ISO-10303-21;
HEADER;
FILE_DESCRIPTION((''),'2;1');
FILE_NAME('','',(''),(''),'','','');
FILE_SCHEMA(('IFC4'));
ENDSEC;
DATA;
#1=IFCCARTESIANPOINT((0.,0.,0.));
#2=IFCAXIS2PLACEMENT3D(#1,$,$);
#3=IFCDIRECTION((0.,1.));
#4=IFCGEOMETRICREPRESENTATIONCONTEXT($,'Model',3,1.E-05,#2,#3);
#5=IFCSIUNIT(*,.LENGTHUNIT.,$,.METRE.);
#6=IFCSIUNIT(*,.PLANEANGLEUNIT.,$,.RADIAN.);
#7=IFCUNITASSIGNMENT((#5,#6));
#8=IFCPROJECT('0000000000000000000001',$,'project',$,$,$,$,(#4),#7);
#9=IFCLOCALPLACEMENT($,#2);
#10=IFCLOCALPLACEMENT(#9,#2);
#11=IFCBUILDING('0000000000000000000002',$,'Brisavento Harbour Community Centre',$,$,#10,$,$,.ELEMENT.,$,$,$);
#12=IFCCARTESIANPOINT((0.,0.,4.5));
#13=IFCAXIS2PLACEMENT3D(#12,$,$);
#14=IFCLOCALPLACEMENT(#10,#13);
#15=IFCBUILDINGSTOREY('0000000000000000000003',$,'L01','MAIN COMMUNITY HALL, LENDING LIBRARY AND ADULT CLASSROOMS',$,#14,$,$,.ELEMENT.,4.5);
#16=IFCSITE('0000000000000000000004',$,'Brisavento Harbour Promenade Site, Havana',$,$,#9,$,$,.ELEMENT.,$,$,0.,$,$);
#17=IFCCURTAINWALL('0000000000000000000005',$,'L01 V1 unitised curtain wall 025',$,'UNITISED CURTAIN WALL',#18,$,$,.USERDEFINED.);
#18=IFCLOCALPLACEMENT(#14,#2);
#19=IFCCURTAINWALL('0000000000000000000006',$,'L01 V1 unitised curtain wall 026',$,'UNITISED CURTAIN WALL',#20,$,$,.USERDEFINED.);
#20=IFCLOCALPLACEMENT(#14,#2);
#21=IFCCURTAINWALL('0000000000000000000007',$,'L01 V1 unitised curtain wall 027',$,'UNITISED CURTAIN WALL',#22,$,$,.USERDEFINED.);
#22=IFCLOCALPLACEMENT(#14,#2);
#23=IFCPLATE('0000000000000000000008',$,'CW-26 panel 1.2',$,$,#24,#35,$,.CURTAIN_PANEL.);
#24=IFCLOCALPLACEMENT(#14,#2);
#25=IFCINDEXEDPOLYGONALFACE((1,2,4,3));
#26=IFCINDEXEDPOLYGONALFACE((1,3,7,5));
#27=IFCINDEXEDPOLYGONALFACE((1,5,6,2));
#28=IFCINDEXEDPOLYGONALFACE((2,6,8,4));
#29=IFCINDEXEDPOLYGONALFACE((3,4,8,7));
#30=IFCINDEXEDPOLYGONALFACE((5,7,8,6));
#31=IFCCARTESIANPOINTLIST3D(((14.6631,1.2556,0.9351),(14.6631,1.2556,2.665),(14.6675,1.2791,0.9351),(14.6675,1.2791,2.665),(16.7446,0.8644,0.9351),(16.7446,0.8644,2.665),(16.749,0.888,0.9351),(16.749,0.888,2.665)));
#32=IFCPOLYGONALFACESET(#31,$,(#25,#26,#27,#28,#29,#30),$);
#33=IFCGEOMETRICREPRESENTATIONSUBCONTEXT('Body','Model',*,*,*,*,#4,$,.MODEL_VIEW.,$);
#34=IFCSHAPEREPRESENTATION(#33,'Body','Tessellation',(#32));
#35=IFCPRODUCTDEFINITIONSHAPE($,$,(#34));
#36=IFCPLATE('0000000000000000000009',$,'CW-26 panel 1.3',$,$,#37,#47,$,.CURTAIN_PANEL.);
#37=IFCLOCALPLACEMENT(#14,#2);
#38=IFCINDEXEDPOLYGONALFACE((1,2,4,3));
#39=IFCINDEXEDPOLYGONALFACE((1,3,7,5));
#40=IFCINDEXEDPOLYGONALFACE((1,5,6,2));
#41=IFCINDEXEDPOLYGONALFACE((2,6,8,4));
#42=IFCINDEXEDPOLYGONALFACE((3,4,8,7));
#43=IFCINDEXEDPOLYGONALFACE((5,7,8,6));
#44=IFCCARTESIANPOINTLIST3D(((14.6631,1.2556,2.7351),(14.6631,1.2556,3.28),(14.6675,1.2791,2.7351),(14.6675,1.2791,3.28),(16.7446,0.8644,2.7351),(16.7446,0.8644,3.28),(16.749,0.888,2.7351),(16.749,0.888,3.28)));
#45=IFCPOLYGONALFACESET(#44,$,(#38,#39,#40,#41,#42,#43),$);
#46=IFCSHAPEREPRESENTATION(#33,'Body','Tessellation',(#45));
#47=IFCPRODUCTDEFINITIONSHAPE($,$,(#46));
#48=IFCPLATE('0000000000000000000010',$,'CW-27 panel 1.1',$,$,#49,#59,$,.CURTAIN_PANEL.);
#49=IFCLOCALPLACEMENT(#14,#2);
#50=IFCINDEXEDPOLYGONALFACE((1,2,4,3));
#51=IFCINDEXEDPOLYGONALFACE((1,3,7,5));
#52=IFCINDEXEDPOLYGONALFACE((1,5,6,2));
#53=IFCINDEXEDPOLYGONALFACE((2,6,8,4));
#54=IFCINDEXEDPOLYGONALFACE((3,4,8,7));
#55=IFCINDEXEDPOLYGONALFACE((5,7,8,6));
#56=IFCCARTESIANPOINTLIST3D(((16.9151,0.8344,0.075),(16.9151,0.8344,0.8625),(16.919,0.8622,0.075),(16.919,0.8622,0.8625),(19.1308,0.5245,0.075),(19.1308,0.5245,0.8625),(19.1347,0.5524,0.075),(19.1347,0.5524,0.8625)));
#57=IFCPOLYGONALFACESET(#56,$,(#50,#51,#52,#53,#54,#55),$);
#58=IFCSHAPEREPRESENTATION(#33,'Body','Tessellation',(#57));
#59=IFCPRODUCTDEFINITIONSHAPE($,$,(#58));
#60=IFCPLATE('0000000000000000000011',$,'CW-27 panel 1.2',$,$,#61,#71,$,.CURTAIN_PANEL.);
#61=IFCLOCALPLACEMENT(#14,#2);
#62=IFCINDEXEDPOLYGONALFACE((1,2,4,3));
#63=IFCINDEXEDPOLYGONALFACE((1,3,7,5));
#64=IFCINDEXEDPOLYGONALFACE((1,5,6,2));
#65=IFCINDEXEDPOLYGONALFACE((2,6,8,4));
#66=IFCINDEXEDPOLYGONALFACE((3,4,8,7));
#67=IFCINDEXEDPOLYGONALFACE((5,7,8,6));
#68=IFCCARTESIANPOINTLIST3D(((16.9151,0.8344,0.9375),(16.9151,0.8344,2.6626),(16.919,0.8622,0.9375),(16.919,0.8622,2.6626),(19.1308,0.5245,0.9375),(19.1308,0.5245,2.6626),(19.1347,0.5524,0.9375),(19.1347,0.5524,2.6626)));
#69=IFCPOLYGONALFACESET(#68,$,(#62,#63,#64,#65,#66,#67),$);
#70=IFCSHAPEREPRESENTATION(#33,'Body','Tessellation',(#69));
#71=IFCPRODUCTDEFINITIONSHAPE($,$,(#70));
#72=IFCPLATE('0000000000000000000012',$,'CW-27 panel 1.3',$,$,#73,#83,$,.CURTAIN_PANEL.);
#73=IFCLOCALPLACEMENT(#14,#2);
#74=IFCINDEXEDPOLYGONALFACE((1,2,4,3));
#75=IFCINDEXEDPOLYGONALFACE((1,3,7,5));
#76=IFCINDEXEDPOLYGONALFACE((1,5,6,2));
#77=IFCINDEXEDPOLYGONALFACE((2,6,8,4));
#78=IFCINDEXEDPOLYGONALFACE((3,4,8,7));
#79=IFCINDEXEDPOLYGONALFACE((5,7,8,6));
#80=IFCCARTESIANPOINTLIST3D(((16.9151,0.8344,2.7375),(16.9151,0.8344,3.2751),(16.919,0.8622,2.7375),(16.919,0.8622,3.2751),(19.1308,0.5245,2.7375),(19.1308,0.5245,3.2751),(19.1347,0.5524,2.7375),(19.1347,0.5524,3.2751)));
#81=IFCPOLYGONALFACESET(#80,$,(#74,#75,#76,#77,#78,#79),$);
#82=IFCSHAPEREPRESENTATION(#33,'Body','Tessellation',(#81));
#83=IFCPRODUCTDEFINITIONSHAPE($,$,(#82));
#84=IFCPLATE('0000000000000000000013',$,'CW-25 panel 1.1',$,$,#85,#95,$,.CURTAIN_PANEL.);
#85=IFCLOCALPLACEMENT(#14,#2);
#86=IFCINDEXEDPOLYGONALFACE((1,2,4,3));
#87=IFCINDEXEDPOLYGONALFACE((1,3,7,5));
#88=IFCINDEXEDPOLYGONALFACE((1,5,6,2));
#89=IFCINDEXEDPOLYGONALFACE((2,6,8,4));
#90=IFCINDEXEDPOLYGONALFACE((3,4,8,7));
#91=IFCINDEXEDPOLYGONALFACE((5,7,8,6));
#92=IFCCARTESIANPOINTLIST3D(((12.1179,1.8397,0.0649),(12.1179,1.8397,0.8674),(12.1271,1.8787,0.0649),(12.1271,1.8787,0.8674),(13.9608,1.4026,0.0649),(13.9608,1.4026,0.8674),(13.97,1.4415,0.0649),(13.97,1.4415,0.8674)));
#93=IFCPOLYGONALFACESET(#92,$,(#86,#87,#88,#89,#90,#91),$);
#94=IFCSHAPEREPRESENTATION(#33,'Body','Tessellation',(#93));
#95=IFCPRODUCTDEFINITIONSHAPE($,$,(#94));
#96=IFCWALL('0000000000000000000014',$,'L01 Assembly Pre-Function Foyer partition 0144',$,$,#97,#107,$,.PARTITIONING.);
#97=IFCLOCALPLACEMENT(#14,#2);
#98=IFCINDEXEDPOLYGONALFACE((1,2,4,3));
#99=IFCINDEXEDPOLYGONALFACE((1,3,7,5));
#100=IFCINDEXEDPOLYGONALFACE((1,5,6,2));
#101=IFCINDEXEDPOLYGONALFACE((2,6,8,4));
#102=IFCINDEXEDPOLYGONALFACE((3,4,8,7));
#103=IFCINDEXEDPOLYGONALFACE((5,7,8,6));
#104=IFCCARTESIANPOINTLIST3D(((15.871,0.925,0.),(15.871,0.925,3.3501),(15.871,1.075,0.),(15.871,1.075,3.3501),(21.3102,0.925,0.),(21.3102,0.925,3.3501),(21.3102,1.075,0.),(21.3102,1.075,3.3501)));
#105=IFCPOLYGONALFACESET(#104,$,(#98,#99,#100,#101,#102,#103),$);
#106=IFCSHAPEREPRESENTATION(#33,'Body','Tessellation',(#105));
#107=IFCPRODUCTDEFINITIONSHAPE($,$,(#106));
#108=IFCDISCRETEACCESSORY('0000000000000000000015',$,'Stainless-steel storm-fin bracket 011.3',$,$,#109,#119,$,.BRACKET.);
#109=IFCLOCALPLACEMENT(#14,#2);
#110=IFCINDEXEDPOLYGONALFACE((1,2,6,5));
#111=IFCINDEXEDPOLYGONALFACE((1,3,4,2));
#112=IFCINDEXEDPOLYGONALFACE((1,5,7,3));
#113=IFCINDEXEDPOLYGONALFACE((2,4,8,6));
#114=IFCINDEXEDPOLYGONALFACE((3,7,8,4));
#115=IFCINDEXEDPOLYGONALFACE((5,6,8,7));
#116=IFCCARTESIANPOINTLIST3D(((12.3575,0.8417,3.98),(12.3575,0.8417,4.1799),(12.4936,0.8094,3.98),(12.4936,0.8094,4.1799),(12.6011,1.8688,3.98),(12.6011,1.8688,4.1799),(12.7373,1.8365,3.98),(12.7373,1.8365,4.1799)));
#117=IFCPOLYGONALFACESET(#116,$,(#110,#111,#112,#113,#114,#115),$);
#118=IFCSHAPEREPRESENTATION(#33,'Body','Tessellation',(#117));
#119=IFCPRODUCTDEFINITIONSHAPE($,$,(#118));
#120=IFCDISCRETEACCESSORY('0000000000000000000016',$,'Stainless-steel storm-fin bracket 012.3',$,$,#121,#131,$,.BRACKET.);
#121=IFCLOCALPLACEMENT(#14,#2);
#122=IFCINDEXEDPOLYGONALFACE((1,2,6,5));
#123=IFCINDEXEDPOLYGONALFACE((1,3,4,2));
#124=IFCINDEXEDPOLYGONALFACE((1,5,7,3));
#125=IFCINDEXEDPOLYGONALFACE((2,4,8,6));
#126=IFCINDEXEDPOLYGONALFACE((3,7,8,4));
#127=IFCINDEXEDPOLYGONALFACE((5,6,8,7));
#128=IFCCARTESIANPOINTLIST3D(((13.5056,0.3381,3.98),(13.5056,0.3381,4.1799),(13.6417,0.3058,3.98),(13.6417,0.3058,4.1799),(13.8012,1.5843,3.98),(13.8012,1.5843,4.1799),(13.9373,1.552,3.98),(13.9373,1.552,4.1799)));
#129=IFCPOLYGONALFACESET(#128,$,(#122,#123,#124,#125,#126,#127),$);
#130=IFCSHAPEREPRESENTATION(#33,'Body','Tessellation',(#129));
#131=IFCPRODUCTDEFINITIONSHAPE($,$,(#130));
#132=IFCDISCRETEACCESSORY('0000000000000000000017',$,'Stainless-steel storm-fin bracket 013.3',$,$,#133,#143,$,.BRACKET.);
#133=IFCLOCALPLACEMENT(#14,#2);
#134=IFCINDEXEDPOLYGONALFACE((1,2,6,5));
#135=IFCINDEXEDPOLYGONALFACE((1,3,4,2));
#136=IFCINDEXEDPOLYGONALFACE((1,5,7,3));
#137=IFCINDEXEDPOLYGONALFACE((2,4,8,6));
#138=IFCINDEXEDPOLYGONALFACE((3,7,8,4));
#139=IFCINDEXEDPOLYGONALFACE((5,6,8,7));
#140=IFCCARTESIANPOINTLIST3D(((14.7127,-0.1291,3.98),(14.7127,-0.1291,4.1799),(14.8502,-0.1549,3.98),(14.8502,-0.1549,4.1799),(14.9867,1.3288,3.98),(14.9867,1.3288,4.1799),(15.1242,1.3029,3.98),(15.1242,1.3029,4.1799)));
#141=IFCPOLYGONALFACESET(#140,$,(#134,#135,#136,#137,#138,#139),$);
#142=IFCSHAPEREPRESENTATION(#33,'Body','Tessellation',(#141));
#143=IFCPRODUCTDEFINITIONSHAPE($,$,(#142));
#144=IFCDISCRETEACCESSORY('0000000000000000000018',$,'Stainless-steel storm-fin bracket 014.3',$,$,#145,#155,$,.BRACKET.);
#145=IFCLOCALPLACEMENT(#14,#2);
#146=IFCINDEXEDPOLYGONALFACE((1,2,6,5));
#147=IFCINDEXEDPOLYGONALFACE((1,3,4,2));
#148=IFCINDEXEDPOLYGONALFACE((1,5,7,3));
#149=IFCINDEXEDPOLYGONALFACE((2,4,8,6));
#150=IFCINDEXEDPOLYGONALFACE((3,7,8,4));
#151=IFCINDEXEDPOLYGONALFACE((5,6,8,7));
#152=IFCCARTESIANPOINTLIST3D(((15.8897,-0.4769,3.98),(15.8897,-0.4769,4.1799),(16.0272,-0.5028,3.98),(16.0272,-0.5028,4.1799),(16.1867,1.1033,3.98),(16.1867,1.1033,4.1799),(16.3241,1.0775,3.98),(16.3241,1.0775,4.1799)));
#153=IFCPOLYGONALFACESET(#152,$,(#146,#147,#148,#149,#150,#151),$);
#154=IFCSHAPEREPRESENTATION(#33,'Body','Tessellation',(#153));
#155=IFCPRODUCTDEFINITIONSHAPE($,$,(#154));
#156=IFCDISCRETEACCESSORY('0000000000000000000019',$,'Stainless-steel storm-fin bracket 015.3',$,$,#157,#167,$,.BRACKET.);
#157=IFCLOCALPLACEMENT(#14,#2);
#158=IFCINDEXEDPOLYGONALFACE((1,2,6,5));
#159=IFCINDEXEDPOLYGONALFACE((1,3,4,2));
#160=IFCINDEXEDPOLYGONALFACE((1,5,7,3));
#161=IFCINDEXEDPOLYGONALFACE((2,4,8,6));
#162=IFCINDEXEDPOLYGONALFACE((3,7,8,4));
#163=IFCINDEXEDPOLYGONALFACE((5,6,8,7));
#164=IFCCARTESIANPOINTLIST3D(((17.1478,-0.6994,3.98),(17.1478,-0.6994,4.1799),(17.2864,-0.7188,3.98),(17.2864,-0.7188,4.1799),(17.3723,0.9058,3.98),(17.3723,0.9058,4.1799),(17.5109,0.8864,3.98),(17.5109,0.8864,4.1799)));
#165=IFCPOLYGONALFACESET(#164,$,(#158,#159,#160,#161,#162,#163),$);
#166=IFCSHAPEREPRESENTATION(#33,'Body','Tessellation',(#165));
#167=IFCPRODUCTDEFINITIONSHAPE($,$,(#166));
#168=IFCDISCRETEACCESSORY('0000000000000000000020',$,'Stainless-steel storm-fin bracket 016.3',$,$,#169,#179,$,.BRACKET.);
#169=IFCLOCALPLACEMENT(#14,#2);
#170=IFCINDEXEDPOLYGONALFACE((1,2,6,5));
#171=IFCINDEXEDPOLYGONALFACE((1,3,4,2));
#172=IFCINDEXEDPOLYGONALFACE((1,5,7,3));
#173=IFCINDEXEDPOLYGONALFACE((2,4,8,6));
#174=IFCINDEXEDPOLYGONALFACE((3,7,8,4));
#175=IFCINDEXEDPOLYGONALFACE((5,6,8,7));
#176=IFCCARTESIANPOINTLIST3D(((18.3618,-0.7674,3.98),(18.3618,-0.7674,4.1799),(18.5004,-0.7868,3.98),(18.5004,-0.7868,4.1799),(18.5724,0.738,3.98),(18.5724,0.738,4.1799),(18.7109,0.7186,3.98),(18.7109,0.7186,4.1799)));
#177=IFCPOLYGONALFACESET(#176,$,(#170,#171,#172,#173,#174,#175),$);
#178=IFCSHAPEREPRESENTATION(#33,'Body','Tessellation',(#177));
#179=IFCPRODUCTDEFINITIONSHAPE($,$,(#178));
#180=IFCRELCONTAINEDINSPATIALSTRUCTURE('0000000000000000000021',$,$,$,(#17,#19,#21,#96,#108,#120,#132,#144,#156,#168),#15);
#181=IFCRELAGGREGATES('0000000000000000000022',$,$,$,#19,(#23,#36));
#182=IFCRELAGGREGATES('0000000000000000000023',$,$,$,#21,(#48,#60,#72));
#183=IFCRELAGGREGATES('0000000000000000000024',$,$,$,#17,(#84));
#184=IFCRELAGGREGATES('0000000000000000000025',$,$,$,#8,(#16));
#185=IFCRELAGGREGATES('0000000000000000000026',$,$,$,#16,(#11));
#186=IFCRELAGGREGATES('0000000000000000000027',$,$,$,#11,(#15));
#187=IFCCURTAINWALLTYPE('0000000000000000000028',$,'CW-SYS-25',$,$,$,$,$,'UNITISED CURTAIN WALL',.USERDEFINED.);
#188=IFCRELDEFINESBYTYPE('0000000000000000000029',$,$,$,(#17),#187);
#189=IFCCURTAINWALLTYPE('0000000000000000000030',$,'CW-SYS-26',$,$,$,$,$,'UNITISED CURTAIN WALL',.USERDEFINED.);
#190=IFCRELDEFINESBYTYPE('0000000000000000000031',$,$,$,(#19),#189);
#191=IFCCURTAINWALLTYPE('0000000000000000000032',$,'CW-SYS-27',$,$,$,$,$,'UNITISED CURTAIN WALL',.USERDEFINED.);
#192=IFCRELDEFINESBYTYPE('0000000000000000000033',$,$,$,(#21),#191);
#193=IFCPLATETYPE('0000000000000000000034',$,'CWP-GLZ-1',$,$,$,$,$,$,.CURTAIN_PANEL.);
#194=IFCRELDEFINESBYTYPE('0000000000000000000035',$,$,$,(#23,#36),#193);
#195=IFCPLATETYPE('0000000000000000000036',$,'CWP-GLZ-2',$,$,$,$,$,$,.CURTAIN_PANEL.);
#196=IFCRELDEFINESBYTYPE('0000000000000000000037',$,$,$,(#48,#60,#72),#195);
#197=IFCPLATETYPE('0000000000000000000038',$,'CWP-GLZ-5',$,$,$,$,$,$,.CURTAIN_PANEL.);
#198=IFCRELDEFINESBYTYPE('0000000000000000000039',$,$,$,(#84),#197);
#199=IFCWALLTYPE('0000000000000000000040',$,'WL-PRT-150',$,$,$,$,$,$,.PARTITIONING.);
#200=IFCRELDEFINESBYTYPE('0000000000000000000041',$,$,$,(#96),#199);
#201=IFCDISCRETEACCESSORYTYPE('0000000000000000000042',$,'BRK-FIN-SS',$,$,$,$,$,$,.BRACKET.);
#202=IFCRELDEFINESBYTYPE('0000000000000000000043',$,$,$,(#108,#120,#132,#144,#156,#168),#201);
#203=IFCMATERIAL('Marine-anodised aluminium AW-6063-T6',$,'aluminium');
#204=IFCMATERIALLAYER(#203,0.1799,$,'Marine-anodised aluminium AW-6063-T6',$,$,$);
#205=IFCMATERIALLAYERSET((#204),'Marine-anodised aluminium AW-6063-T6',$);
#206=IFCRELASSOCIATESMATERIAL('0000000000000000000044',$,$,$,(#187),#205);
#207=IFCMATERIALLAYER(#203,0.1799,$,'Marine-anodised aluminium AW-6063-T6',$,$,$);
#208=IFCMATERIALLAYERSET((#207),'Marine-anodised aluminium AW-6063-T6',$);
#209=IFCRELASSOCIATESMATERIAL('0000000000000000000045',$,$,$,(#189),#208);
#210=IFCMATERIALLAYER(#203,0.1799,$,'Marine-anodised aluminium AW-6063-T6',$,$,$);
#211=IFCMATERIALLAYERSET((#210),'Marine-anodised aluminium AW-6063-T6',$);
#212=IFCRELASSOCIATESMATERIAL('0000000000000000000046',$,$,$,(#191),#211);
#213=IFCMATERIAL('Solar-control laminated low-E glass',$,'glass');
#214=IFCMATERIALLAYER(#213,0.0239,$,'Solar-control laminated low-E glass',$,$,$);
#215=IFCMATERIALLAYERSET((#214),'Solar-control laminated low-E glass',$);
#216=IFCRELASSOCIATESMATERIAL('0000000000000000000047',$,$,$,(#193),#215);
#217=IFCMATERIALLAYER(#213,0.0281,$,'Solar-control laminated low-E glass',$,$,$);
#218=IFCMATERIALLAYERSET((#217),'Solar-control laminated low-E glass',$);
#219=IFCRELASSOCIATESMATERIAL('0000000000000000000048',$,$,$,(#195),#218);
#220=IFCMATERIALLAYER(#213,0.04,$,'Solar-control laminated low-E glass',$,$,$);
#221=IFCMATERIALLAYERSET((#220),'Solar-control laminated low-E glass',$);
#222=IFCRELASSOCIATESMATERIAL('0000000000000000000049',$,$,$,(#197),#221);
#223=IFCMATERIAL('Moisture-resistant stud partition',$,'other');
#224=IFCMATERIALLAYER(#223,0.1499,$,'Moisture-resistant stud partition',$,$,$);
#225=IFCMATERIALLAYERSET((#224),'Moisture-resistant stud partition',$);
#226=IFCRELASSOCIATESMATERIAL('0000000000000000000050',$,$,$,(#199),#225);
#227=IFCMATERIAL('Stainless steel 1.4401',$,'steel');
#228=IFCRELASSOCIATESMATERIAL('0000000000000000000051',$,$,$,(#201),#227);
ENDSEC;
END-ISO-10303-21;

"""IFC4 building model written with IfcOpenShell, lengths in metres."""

from ifc_helpers import new_model, si_unit, direction, frame, frame_2d, origin, origin_2d, place, context, subcontext, project, spatial, rectangle, extrude, material, layer, layer_set, type_object, element, aggregate, save


model = new_model("IFC4")

# Units and contexts
model_context = context("Model", 3, precision=1e-05, world=origin(), true_north=direction((0.0, 1.0)))
body_context = subcontext(model_context, "Body", "Model", "MODEL_VIEW")
ifc_project = project(units=[si_unit("LENGTHUNIT", "METRE"), si_unit("PLANEANGLEUNIT", "RADIAN")], contexts=[model_context])

# Site, building, storey
site_placement = place(None, origin())
site = spatial("IfcSite", under=ifc_project, at=site_placement, Name="Brisavento Harbour Promenade Site, Havana", CompositionType="ELEMENT", RefElevation=0.0)
building_placement = place(site_placement, origin())
building = spatial("IfcBuilding", under=site, at=building_placement, Name="Brisavento Harbour Community Centre", CompositionType="ELEMENT")
storey_placement = place(building_placement, frame((0.0, 0.0, 4.5)))
storey = spatial("IfcBuildingStorey", under=building, at=storey_placement, Name="L01", Description="MAIN COMMUNITY HALL, LENDING LIBRARY AND ADULT CLASSROOMS", CompositionType="ELEMENT", Elevation=4.5)

# Curtain wall
ifc_material_1 = material(Name="Marine-anodised aluminium AW-6063-T6", Category="aluminium")
ifc_layer_1 = layer(ifc_material_1, 0.1799, Name="Marine-anodised aluminium AW-6063-T6")
ifc_layer_set_1 = layer_set([ifc_layer_1], Name="Marine-anodised aluminium AW-6063-T6")
curtain_wall_type_1 = type_object("IfcCurtainWallType", Name="CW-SYS-25", ElementType="UNITISED CURTAIN WALL", PredefinedType="USERDEFINED", material=ifc_layer_set_1)
curtain_wall_1_placement = place(storey_placement, origin())
curtain_wall_1 = element("IfcCurtainWall", 1, at=curtain_wall_1_placement, inside=storey, type_object=curtain_wall_type_1, Name="L01 V1 unitised curtain wall 025", ObjectType="UNITISED CURTAIN WALL", PredefinedType="USERDEFINED")

# Curtain wall
ifc_layer_2 = layer(ifc_material_1, 0.1799, Name="Marine-anodised aluminium AW-6063-T6")
ifc_layer_set_2 = layer_set([ifc_layer_2], Name="Marine-anodised aluminium AW-6063-T6")
curtain_wall_type_2 = type_object("IfcCurtainWallType", Name="CW-SYS-26", ElementType="UNITISED CURTAIN WALL", PredefinedType="USERDEFINED", material=ifc_layer_set_2)
curtain_wall_2_placement = place(storey_placement, origin())
curtain_wall_2 = element("IfcCurtainWall", 2, at=curtain_wall_2_placement, inside=storey, type_object=curtain_wall_type_2, Name="L01 V1 unitised curtain wall 026", ObjectType="UNITISED CURTAIN WALL", PredefinedType="USERDEFINED")

# Curtain wall
ifc_layer_3 = layer(ifc_material_1, 0.1799, Name="Marine-anodised aluminium AW-6063-T6")
ifc_layer_set_3 = layer_set([ifc_layer_3], Name="Marine-anodised aluminium AW-6063-T6")
curtain_wall_type_3 = type_object("IfcCurtainWallType", Name="CW-SYS-27", ElementType="UNITISED CURTAIN WALL", PredefinedType="USERDEFINED", material=ifc_layer_set_3)
curtain_wall_3_placement = place(storey_placement, origin())
curtain_wall_3 = element("IfcCurtainWall", 3, at=curtain_wall_3_placement, inside=storey, type_object=curtain_wall_type_3, Name="L01 V1 unitised curtain wall 027", ObjectType="UNITISED CURTAIN WALL", PredefinedType="USERDEFINED")

# Plates
ifc_material_2 = material(Name="Solar-control laminated low-E glass", Category="glass")
ifc_layer_4 = layer(ifc_material_2, 0.0239, Name="Solar-control laminated low-E glass")
ifc_layer_set_4 = layer_set([ifc_layer_4], Name="Solar-control laminated low-E glass")
plate_type_1 = type_object("IfcPlateType", Name="CWP-GLZ-1", PredefinedType="CURTAIN_PANEL", material=ifc_layer_set_4)
plate_1_placement = place(storey_placement, frame((15.7061, 1.0718, 0.9351), z_axis=(0.0, 0.0, 1.0), x_axis=(-0.982797, 0.18469, 0.0)))
plate_1 = element("IfcPlate", 4, at=plate_1_placement, type_object=plate_type_1, Name="CW-26 panel 1.2", PredefinedType="CURTAIN_PANEL", context=body_context, shape_type="SweptSolid", body=[
    extrude(rectangle(XDim=2.1179, YDim=0.0239, at=origin_2d()), origin(), (0.0, 0.0, 1.0), 1.73),
])
plate_2_placement = place(storey_placement, frame((15.7061, 1.0718, 2.7351), z_axis=(0.0, 0.0, 1.0), x_axis=(-0.982797, 0.18469, 0.0)))
plate_2 = element("IfcPlate", 5, at=plate_2_placement, type_object=plate_type_1, Name="CW-26 panel 1.3", PredefinedType="CURTAIN_PANEL", context=body_context, shape_type="SweptSolid", body=[
    extrude(rectangle(XDim=2.1179, YDim=0.0239, at=origin_2d()), origin(), (0.0, 0.0, 1.0), 0.5449),
])
aggregate(curtain_wall_2, [plate_1, plate_2])
ifc_layer_5 = layer(ifc_material_2, 0.0281, Name="Solar-control laminated low-E glass")
ifc_layer_set_5 = layer_set([ifc_layer_5], Name="Solar-control laminated low-E glass")
plate_type_2 = type_object("IfcPlateType", Name="CWP-GLZ-2", PredefinedType="CURTAIN_PANEL", material=ifc_layer_set_5)
plate_3_placement = place(storey_placement, frame((18.0249, 0.6934, 0.075), z_axis=(0.0, 0.0, 1.0), x_axis=(-0.990366, 0.138477, 0.0)))
plate_3 = element("IfcPlate", 6, at=plate_3_placement, type_object=plate_type_2, Name="CW-27 panel 1.1", PredefinedType="CURTAIN_PANEL", context=body_context, shape_type="SweptSolid", body=[
    extrude(rectangle(XDim=2.2373, YDim=0.0281, at=origin_2d()), origin(), (0.0, 0.0, 1.0), 0.7876),
])
plate_4_placement = place(storey_placement, frame((18.0249, 0.6934, 0.9375), z_axis=(0.0, 0.0, 1.0), x_axis=(-0.990366, 0.138477, 0.0)))
plate_4 = element("IfcPlate", 7, at=plate_4_placement, type_object=plate_type_2, Name="CW-27 panel 1.2", PredefinedType="CURTAIN_PANEL", context=body_context, shape_type="SweptSolid", body=[
    extrude(rectangle(XDim=2.2373, YDim=0.0281, at=origin_2d()), origin(), (0.0, 0.0, 1.0), 1.7251),
])
plate_5_placement = place(storey_placement, frame((18.0249, 0.6934, 2.7375), z_axis=(0.0, 0.0, 1.0), x_axis=(-0.990366, 0.138477, 0.0)))
plate_5 = element("IfcPlate", 8, at=plate_5_placement, type_object=plate_type_2, Name="CW-27 panel 1.3", PredefinedType="CURTAIN_PANEL", context=body_context, shape_type="SweptSolid", body=[
    extrude(rectangle(XDim=2.2373, YDim=0.0281, at=origin_2d()), origin(), (0.0, 0.0, 1.0), 0.5376),
])
aggregate(curtain_wall_3, [plate_3, plate_4, plate_5])
ifc_layer_6 = layer(ifc_material_2, 0.04, Name="Solar-control laminated low-E glass")
ifc_layer_set_6 = layer_set([ifc_layer_6], Name="Solar-control laminated low-E glass")
plate_type_3 = type_object("IfcPlateType", Name="CWP-GLZ-5", PredefinedType="CURTAIN_PANEL", material=ifc_layer_set_6)
plate_6_placement = place(storey_placement, frame((13.0439, 1.6406, 0.0649), z_axis=(0.0, 0.0, 1.0), x_axis=(-0.972998, 0.230812, 0.0)))
plate_6 = element("IfcPlate", 9, at=plate_6_placement, type_object=plate_type_3, Name="CW-25 panel 1.1", PredefinedType="CURTAIN_PANEL", context=body_context, shape_type="SweptSolid", body=[
    extrude(rectangle(XDim=1.894, YDim=0.04, at=origin_2d()), origin(), (0.0, 0.0, 1.0), 0.8025),
])
aggregate(curtain_wall_1, [plate_6])

# Wall
ifc_material_3 = material(Name="Moisture-resistant stud partition", Category="other")
ifc_layer_7 = layer(ifc_material_3, 0.1499, Name="Moisture-resistant stud partition")
ifc_layer_set_7 = layer_set([ifc_layer_7], Name="Moisture-resistant stud partition")
wall_type = type_object("IfcWallType", Name="WL-PRT-150", PredefinedType="PARTITIONING", material=ifc_layer_set_7)
wall_placement = place(storey_placement, frame((15.8708, 1.0, 0.0), z_axis=(0.0, 0.0, 1.0), x_axis=(1.0, 0.0, 0.0)))
element("IfcWall", 10, at=wall_placement, inside=storey, type_object=wall_type, Name="L01 Assembly Pre-Function Foyer partition 0144", PredefinedType="PARTITIONING", context=body_context, shape_type="SweptSolid", body=[
    extrude(rectangle(XDim=5.4392, YDim=0.1499, at=frame_2d((2.7197, 0.0))), origin(), (0.0, 0.0, 1.0), 3.3501),
])

# Discrete accessories
ifc_material_4 = material(Name="Stainless steel 1.4401", Category="steel")
discrete_accessory_type = type_object("IfcDiscreteAccessoryType", Name="BRK-FIN-SS", PredefinedType="BRACKET", material=ifc_material_4)
discrete_accessory_1_placement = place(storey_placement, frame((12.5474, 1.3391, 3.98), z_axis=(0.0, 0.0, 1.0), x_axis=(-0.230831, -0.972994, 0.0)))
element("IfcDiscreteAccessory", 11, at=discrete_accessory_1_placement, inside=storey, type_object=discrete_accessory_type, Name="Stainless-steel storm-fin bracket 011.3", PredefinedType="BRACKET", context=body_context, shape_type="SweptSolid", body=[
    extrude(rectangle(XDim=1.0557, YDim=0.1399, at=origin_2d()), origin(), (0.0, 0.0, 1.0), 0.2),
])
discrete_accessory_2_placement = place(storey_placement, frame((13.7214, 0.9451, 3.98), z_axis=(0.0, 0.0, 1.0), x_axis=(-0.230831, -0.972994, 0.0)))
element("IfcDiscreteAccessory", 12, at=discrete_accessory_2_placement, inside=storey, type_object=discrete_accessory_type, Name="Stainless-steel storm-fin bracket 012.3", PredefinedType="BRACKET", context=body_context, shape_type="SweptSolid", body=[
    extrude(rectangle(XDim=1.2808, YDim=0.1399, at=origin_2d()), origin(), (0.0, 0.0, 1.0), 0.2),
])
discrete_accessory_3_placement = place(storey_placement, frame((14.9185, 0.5869, 3.98), z_axis=(0.0, 0.0, 1.0), x_axis=(-0.184672, -0.9828, 0.0)))
element("IfcDiscreteAccessory", 13, at=discrete_accessory_3_placement, inside=storey, type_object=discrete_accessory_type, Name="Stainless-steel storm-fin bracket 013.3", PredefinedType="BRACKET", context=body_context, shape_type="SweptSolid", body=[
    extrude(rectangle(XDim=1.4834, YDim=0.1399, at=origin_2d()), origin(), (0.0, 0.0, 1.0), 0.2),
])
discrete_accessory_4_placement = place(storey_placement, frame((16.1069, 0.3003, 3.98), z_axis=(0.0, 0.0, 1.0), x_axis=(-0.184672, -0.9828, 0.0)))
element("IfcDiscreteAccessory", 14, at=discrete_accessory_4_placement, inside=storey, type_object=discrete_accessory_type, Name="Stainless-steel storm-fin bracket 014.3", PredefinedType="BRACKET", context=body_context, shape_type="SweptSolid", body=[
    extrude(rectangle(XDim=1.6079, YDim=0.1399, at=origin_2d()), origin(), (0.0, 0.0, 1.0), 0.2),
])
discrete_accessory_5_placement = place(storey_placement, frame((17.3293, 0.0935, 3.98), z_axis=(0.0, 0.0, 1.0), x_axis=(-0.138499, -0.990363, 0.0)))
element("IfcDiscreteAccessory", 15, at=discrete_accessory_5_placement, inside=storey, type_object=discrete_accessory_type, Name="Stainless-steel storm-fin bracket 015.3", PredefinedType="BRACKET", context=body_context, shape_type="SweptSolid", body=[
    extrude(rectangle(XDim=1.6208, YDim=0.1399, at=origin_2d()), origin(), (0.0, 0.0, 1.0), 0.2),
])
discrete_accessory_6_placement = place(storey_placement, frame((18.5364, -0.0244, 3.98), z_axis=(0.0, 0.0, 1.0), x_axis=(-0.138499, -0.990363, 0.0)))
element("IfcDiscreteAccessory", 16, at=discrete_accessory_6_placement, inside=storey, type_object=discrete_accessory_type, Name="Stainless-steel storm-fin bracket 016.3", PredefinedType="BRACKET", context=body_context, shape_type="SweptSolid", body=[
    extrude(rectangle(XDim=1.52, YDim=0.1399, at=origin_2d()), origin(), (0.0, 0.0, 1.0), 0.2),
])

save(model, "model.ifc")
